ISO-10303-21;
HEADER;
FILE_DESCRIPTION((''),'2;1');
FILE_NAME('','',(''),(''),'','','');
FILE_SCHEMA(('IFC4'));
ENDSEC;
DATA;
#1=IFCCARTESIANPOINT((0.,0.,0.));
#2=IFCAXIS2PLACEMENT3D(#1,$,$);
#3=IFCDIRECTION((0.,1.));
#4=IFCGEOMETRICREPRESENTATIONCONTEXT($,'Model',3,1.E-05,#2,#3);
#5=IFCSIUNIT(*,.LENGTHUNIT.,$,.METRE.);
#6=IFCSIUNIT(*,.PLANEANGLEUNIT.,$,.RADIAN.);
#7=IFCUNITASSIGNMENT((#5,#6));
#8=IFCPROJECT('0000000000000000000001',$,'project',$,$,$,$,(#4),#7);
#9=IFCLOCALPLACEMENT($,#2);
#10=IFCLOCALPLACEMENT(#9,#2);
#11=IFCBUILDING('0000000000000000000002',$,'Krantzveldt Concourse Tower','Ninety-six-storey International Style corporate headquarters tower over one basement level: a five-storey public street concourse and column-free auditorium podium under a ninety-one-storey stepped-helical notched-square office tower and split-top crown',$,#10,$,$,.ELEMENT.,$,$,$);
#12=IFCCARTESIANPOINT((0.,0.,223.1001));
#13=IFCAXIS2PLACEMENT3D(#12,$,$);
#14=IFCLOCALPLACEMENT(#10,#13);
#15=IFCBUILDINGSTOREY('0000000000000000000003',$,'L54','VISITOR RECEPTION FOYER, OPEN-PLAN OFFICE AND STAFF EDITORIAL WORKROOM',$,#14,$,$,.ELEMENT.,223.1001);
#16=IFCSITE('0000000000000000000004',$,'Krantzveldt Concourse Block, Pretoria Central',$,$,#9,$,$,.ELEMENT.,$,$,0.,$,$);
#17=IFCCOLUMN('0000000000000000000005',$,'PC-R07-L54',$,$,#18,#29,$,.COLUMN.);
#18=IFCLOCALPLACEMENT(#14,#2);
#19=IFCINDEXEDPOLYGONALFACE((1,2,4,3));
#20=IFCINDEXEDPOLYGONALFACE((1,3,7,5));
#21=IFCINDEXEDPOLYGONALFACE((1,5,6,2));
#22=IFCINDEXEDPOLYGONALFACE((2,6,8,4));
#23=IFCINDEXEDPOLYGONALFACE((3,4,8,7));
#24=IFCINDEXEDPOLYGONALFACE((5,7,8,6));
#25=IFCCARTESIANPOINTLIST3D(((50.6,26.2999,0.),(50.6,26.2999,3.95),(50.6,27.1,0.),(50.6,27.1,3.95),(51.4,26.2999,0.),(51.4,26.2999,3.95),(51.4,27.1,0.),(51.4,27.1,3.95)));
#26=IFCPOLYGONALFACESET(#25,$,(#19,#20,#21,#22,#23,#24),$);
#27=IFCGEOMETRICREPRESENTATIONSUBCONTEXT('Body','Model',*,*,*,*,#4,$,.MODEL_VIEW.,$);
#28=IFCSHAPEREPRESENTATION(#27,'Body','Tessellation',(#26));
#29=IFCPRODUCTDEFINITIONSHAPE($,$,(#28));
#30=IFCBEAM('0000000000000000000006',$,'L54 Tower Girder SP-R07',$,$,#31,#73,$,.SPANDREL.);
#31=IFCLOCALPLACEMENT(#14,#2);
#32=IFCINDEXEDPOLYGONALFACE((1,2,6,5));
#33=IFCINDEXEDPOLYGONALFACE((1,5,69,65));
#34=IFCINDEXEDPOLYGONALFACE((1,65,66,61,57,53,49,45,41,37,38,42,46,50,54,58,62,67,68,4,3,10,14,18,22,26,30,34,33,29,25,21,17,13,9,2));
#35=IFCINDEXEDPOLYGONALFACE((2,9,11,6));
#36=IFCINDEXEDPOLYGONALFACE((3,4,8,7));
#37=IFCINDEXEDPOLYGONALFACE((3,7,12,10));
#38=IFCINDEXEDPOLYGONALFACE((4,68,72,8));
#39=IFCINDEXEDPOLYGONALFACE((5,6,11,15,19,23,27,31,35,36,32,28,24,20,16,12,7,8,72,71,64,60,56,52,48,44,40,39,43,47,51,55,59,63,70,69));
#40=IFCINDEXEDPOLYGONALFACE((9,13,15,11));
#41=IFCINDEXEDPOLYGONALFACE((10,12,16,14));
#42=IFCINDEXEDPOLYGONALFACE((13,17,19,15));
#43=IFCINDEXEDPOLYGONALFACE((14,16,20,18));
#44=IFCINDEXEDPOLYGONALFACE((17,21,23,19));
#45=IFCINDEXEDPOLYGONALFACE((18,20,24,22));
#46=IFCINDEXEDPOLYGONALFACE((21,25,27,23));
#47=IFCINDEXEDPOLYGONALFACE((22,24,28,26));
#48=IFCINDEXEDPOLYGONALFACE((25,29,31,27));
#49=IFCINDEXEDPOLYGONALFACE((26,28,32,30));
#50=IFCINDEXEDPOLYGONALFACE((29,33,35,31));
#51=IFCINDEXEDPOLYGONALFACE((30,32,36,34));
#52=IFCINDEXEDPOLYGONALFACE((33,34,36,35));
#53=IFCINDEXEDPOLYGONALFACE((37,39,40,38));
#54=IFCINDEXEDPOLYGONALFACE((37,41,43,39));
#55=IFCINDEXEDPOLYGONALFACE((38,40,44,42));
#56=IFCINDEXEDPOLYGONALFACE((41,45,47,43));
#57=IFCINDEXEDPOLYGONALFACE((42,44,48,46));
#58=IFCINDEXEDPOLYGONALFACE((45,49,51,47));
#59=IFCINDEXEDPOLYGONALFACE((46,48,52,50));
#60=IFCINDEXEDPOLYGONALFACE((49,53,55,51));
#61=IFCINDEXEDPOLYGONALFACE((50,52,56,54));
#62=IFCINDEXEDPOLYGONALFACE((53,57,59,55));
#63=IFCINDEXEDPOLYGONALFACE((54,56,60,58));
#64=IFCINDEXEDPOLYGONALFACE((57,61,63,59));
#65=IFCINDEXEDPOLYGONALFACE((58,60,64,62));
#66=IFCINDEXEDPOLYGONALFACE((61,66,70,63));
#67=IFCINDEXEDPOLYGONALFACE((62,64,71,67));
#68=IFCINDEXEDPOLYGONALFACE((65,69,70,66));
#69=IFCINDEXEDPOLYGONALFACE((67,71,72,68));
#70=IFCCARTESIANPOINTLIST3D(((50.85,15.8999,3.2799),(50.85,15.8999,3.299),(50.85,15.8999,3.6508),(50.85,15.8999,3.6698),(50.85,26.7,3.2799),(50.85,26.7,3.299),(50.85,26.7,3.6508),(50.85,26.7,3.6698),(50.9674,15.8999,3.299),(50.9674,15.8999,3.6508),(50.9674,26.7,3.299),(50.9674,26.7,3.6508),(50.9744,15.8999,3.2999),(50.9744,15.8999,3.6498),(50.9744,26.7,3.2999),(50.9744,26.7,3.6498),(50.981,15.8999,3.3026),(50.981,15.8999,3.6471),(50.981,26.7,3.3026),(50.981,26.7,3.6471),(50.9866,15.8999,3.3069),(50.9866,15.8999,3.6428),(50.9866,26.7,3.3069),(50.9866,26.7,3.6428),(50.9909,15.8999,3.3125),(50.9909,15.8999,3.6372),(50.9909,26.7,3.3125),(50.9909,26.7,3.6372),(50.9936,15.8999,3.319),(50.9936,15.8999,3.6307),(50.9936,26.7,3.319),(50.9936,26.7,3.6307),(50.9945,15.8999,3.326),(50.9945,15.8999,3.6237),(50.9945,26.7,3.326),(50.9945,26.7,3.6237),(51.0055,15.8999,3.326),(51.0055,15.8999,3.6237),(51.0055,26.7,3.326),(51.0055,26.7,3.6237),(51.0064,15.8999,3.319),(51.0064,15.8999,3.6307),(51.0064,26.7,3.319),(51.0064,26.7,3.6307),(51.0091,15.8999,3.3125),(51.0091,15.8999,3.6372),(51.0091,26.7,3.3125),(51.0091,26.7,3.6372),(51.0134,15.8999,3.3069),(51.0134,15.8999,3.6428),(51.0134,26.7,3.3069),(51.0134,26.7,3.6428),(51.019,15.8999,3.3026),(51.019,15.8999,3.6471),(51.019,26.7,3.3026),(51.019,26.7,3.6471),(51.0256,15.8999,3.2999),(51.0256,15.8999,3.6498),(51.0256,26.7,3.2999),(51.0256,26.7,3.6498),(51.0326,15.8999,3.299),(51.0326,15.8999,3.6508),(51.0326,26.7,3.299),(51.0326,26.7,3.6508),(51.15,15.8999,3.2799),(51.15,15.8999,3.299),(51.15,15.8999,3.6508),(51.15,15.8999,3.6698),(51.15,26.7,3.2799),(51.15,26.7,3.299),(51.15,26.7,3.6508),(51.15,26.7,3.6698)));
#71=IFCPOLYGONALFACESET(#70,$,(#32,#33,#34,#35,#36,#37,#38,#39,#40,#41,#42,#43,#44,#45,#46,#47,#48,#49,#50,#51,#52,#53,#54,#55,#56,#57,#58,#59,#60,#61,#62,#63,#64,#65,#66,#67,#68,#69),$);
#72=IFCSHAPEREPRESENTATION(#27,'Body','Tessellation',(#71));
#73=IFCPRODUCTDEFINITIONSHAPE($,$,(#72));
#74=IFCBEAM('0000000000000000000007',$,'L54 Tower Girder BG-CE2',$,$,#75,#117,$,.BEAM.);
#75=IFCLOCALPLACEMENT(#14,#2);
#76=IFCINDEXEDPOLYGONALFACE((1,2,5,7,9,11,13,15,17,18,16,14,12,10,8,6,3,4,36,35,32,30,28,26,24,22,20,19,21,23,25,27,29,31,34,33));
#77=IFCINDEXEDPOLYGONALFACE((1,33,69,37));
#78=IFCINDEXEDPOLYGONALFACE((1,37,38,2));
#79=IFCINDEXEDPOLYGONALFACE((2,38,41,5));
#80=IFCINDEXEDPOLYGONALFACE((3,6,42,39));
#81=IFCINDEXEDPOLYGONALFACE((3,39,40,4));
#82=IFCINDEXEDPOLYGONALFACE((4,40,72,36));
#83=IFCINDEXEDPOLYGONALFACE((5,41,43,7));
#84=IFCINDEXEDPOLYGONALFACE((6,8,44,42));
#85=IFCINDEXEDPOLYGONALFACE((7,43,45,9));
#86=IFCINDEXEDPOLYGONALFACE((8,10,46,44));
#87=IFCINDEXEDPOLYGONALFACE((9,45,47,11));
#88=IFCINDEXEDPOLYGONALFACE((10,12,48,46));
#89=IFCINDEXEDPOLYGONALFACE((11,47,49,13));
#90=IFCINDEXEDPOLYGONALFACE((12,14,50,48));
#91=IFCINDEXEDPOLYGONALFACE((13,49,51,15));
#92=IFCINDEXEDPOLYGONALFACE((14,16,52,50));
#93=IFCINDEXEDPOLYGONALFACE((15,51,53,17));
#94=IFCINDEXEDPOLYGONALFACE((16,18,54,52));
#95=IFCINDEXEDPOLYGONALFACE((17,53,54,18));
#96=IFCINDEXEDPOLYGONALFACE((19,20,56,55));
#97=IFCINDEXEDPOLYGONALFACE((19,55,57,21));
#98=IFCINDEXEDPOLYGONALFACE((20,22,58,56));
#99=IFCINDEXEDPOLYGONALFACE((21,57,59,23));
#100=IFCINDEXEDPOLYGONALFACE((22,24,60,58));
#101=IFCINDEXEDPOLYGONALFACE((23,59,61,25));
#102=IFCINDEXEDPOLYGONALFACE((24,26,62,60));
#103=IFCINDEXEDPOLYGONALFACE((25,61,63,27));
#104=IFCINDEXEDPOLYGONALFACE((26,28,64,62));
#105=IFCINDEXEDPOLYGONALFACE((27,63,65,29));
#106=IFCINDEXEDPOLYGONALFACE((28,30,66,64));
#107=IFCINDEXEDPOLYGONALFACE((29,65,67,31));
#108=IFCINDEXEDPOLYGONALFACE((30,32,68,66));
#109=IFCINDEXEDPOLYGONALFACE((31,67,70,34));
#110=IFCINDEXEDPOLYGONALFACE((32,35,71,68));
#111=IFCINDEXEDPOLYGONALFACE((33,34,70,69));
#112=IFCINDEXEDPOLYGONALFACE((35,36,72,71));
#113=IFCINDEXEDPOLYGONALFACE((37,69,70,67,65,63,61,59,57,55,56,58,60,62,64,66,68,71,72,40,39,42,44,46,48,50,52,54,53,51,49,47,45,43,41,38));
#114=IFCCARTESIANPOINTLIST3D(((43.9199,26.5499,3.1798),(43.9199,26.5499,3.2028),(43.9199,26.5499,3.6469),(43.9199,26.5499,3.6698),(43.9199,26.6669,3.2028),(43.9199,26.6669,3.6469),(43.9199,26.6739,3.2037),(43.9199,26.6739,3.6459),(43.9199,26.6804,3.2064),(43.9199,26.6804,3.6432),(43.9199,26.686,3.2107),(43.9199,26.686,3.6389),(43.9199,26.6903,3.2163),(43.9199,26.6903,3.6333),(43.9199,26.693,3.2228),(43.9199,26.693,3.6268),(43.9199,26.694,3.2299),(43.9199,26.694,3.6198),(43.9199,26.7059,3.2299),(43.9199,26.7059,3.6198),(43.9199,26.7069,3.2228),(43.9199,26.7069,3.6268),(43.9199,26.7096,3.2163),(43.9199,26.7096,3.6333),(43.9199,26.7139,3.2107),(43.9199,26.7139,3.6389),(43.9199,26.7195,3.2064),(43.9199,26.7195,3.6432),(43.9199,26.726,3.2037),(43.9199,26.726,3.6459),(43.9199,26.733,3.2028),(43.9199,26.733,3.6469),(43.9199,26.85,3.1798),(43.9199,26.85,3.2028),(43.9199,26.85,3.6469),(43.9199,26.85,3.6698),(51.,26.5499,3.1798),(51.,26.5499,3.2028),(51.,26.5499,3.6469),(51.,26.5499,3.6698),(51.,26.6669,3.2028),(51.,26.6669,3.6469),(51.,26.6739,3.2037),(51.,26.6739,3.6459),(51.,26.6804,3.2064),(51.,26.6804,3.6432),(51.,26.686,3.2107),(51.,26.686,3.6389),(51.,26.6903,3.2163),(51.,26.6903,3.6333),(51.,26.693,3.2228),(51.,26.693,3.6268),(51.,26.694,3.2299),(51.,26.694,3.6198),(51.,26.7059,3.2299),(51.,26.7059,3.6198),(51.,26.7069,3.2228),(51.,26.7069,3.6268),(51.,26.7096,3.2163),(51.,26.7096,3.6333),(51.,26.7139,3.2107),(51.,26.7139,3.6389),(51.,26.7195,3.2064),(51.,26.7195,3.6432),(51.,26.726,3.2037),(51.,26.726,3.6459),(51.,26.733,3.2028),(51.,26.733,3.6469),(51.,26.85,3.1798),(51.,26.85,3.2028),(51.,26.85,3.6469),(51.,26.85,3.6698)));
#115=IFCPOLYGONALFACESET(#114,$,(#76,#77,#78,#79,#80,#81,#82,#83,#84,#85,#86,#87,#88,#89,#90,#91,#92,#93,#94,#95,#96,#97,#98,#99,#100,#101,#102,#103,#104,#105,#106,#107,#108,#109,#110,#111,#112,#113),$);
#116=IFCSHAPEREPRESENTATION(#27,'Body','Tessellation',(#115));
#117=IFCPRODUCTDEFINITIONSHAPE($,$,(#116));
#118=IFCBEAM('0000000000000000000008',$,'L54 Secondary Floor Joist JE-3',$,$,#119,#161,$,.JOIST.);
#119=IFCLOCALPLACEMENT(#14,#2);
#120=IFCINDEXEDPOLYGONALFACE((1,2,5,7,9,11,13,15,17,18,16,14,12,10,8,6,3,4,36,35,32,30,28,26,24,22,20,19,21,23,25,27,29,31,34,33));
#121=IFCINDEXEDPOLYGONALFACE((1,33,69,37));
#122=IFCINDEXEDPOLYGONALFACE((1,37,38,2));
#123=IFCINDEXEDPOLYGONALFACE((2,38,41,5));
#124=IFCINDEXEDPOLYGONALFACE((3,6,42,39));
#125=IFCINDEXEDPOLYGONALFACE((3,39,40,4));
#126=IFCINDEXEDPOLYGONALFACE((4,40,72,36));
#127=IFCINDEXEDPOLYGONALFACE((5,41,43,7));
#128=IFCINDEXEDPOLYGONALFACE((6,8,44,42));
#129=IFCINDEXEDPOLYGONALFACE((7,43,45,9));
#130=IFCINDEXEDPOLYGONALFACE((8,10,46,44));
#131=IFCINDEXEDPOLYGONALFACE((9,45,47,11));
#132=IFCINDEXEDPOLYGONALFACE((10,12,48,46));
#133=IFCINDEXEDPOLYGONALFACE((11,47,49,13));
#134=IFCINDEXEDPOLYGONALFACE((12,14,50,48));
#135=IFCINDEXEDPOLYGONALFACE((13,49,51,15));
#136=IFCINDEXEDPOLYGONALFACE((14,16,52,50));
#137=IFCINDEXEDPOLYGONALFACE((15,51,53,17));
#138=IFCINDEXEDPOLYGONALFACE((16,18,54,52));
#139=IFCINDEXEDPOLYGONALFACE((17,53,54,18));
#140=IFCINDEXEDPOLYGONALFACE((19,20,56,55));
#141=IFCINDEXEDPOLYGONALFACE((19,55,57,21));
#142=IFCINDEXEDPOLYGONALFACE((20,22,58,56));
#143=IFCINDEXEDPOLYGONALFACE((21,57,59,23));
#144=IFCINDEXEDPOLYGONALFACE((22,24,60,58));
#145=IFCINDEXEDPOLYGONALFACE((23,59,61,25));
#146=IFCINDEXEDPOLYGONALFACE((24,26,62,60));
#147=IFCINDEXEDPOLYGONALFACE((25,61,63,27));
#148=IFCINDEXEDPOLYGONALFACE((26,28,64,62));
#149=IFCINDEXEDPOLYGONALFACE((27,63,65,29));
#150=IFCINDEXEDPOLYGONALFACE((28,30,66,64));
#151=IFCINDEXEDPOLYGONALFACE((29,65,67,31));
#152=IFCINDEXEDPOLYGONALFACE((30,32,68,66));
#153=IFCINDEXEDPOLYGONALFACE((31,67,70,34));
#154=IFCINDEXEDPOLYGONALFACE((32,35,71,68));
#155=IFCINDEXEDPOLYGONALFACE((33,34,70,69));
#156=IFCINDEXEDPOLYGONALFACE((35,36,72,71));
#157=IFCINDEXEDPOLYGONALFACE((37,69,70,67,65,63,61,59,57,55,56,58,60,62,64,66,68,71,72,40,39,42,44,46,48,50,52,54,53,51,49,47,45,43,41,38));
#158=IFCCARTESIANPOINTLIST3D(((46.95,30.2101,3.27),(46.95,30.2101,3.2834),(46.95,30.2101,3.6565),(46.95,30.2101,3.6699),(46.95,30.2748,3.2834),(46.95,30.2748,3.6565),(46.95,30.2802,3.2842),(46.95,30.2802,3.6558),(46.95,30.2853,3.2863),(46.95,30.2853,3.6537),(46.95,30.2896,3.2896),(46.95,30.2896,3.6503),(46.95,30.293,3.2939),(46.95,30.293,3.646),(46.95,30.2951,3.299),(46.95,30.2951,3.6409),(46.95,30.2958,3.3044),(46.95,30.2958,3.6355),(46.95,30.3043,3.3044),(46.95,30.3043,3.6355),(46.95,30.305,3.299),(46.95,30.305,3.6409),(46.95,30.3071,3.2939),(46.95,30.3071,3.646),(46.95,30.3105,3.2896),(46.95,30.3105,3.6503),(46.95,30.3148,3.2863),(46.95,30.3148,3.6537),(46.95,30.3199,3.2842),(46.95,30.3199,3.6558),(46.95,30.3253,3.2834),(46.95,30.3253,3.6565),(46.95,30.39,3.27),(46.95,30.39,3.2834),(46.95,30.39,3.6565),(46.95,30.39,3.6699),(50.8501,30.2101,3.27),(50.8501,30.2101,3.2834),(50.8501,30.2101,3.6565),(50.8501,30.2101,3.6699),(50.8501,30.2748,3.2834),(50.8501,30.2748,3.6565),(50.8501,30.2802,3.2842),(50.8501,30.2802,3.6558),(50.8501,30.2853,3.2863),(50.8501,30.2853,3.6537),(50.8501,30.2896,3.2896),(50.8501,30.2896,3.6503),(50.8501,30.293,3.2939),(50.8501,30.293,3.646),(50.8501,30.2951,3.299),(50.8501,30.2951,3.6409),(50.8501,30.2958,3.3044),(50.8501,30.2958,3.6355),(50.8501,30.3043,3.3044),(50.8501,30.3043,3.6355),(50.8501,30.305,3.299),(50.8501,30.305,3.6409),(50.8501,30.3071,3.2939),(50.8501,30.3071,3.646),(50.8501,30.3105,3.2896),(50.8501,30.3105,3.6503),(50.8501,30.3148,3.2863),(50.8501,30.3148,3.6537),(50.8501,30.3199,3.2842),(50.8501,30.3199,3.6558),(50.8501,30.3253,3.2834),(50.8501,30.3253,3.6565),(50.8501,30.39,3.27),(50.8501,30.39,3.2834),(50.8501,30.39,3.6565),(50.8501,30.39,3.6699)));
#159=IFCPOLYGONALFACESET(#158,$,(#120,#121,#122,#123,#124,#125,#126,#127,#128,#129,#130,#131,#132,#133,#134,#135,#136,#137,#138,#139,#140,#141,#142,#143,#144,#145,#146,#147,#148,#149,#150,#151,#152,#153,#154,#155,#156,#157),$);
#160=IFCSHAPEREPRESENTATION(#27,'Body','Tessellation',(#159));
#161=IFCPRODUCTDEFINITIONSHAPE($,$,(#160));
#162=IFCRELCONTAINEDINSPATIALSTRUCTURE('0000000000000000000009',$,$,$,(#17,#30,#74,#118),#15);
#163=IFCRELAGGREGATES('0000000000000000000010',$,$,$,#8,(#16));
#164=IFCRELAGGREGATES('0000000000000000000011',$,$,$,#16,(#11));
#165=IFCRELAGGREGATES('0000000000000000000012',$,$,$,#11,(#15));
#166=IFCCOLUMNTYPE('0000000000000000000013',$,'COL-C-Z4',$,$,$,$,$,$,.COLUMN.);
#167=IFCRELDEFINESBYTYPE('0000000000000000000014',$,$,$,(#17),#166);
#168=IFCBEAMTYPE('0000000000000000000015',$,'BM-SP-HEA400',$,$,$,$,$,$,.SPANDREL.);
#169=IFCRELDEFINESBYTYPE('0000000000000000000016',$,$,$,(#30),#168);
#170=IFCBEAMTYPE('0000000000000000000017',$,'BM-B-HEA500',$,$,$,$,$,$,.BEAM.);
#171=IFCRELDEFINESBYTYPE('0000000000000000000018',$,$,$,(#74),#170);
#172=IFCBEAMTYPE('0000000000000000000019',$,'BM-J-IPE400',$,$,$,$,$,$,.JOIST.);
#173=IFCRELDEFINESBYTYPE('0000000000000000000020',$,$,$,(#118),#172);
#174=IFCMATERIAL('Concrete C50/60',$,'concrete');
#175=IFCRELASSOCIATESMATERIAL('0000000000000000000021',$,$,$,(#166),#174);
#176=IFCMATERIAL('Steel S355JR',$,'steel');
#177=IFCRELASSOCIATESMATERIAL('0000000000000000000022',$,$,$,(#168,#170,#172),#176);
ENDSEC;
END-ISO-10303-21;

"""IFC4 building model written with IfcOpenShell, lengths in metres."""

from ifc_helpers import new_model, si_unit, direction, frame, origin, origin_2d, place, context, subcontext, project, spatial, rectangle, i_section, extrude, source, transform, mapped, material, material_profile, profile_set, type_object, type_shapes, element, save


model = new_model("IFC4")

# Units and contexts
model_context = context("Model", 3, precision=1e-05, world=origin(), true_north=direction((0.0, 1.0)))
body_context = subcontext(model_context, "Body", "Model", "MODEL_VIEW")
ifc_project = project(units=[si_unit("LENGTHUNIT", "METRE"), si_unit("PLANEANGLEUNIT", "RADIAN")], contexts=[model_context])

# Site, building, storey
site_placement = place(None, origin())
site = spatial("IfcSite", under=ifc_project, at=site_placement, Name="Krantzveldt Concourse Block, Pretoria Central", CompositionType="ELEMENT", RefElevation=0.0)
building_placement = place(site_placement, origin())
building = spatial("IfcBuilding", under=site, at=building_placement, Name="Krantzveldt Concourse Tower", Description="Ninety-six-storey International Style corporate headquarters tower over one basement level: a five-storey public street concourse and column-free auditorium podium under a ninety-one-storey stepped-helical notched-square office tower and split-top crown", CompositionType="ELEMENT")
storey_placement = place(building_placement, frame((0.0, 0.0, 223.1001)))
storey = spatial("IfcBuildingStorey", under=building, at=storey_placement, Name="L54", Description="VISITOR RECEPTION FOYER, OPEN-PLAN OFFICE AND STAFF EDITORIAL WORKROOM", CompositionType="ELEMENT", Elevation=223.1001)

# Column
ifc_material_1 = material(Name="Concrete C50/60", Category="concrete")
ifc_material_profile_1 = material_profile(ifc_material_1, rectangle(XDim=0.8, YDim=0.8, at=origin_2d()), Name="Concrete C50/60", Category="concrete")
ifc_profile_set_1 = profile_set([ifc_material_profile_1], Name="Concrete C50/60 - RC 800x800")
column_type = type_object("IfcColumnType", Name="COL-C-Z4", PredefinedType="COLUMN", material=ifc_profile_set_1)
shared_shape_1 = source(origin(), body_context, "Body", "SweptSolid", [
    extrude(rectangle(XDim=0.8, YDim=0.8, at=origin_2d()), origin(), (0.0, 0.0, 1.0), 3.95),
])
type_shapes(column_type, [shared_shape_1])
column_placement = place(storey_placement, frame((51.0, 26.7, 0.0), z_axis=(0.0, 0.0, 1.0), x_axis=(1.0, 0.0, 0.0)))
element("IfcColumn", 1, at=column_placement, inside=storey, type_object=column_type, Name="PC-R07-L54", PredefinedType="COLUMN", context=body_context, shape_type="MappedRepresentation", body=[
    mapped(shared_shape_1, transform((0.0, 0.0, 0.0), x_axis=(1.0, 0.0, 0.0), y_axis=(0.0, 1.0, 0.0), z_axis=(0.0, 0.0, 1.0), scale=1.0)),
])

# Beams
ifc_material_2 = material(Name="Steel S355JR", Category="steel")
ifc_material_profile_2 = material_profile(ifc_material_2, i_section(OverallWidth=0.3, OverallDepth=0.3899, WebThickness=0.011, FlangeThickness=0.019, FilletRadius=0.0271, at=origin_2d()), Name="Steel S355JR", Category="steel")
ifc_profile_set_2 = profile_set([ifc_material_profile_2], Name="Steel S355JR - HEA 400")
beam_type_1 = type_object("IfcBeamType", Name="BM-SP-HEA400", PredefinedType="SPANDREL", material=ifc_profile_set_2)
shared_shape_2 = source(origin(), body_context, "Body", "SweptSolid", [
    extrude(i_section(OverallWidth=0.3, OverallDepth=0.3899, WebThickness=0.011, FlangeThickness=0.019, FilletRadius=0.0271, at=origin_2d()), origin(), (0.0, 0.0, 1.0), 10.8),
])
type_shapes(beam_type_1, [shared_shape_2])
beam_1_placement = place(storey_placement, frame((51.0, 26.7, 3.4749), z_axis=(0.0, -1.0, 0.0), x_axis=(1.0, 0.0, 0.0)))
element("IfcBeam", 2, at=beam_1_placement, inside=storey, type_object=beam_type_1, Name="L54 Tower Girder SP-R07", PredefinedType="SPANDREL", context=body_context, shape_type="MappedRepresentation", body=[
    mapped(shared_shape_2, transform((0.0, 0.0, 0.0), x_axis=(1.0, 0.0, 0.0), y_axis=(0.0, 1.0, 0.0), z_axis=(0.0, 0.0, 1.0), scale=1.0)),
])
ifc_material_profile_3 = material_profile(ifc_material_2, i_section(OverallWidth=0.3, OverallDepth=0.49, WebThickness=0.012, FlangeThickness=0.0229, FilletRadius=0.0271, at=origin_2d()), Name="Steel S355JR", Category="steel")
ifc_profile_set_3 = profile_set([ifc_material_profile_3], Name="Steel S355JR - HEA 500")
beam_type_2 = type_object("IfcBeamType", Name="BM-B-HEA500", PredefinedType="BEAM", material=ifc_profile_set_3)
shared_shape_3 = source(origin(), body_context, "Body", "SweptSolid", [
    extrude(i_section(OverallWidth=0.3, OverallDepth=0.49, WebThickness=0.012, FlangeThickness=0.0229, FilletRadius=0.0271, at=origin_2d()), origin(), (0.0, 0.0, 1.0), 7.0801),
])
type_shapes(beam_type_2, [shared_shape_3])
beam_2_placement = place(storey_placement, frame((43.9199, 26.7, 3.4248), z_axis=(1.0, 0.0, 0.0), x_axis=(0.0, 1.0, 0.0)))
element("IfcBeam", 3, at=beam_2_placement, inside=storey, type_object=beam_type_2, Name="L54 Tower Girder BG-CE2", PredefinedType="BEAM", context=body_context, shape_type="MappedRepresentation", body=[
    mapped(shared_shape_3, transform((0.0, 0.0, 0.0), x_axis=(1.0, 0.0, 0.0), y_axis=(0.0, 1.0, 0.0), z_axis=(0.0, 0.0, 1.0), scale=1.0)),
])
ifc_material_profile_4 = material_profile(ifc_material_2, i_section(OverallWidth=0.1799, OverallDepth=0.3999, WebThickness=0.0085, FlangeThickness=0.0134, FilletRadius=0.021, at=origin_2d()), Name="Steel S355JR", Category="steel")
ifc_profile_set_4 = profile_set([ifc_material_profile_4], Name="Steel S355JR - IPE 400")
beam_type_3 = type_object("IfcBeamType", Name="BM-J-IPE400", PredefinedType="JOIST", material=ifc_profile_set_4)
shared_shape_4 = source(origin(), body_context, "Body", "SweptSolid", [
    extrude(i_section(OverallWidth=0.1799, OverallDepth=0.3999, WebThickness=0.0085, FlangeThickness=0.0134, FilletRadius=0.021, at=origin_2d()), origin(), (0.0, 0.0, 1.0), 3.9001),
])
type_shapes(beam_type_3, [shared_shape_4])
beam_3_placement = place(storey_placement, frame((46.95, 30.3, 3.47), z_axis=(1.0, 0.0, 0.0), x_axis=(0.0, 1.0, 0.0)))
element("IfcBeam", 4, at=beam_3_placement, inside=storey, type_object=beam_type_3, Name="L54 Secondary Floor Joist JE-3", PredefinedType="JOIST", context=body_context, shape_type="MappedRepresentation", body=[
    mapped(shared_shape_4, transform((0.0, 0.0, 0.0), x_axis=(1.0, 0.0, 0.0), y_axis=(0.0, 1.0, 0.0), z_axis=(0.0, 0.0, 1.0), scale=1.0)),
])

save(model, "model.ifc")
